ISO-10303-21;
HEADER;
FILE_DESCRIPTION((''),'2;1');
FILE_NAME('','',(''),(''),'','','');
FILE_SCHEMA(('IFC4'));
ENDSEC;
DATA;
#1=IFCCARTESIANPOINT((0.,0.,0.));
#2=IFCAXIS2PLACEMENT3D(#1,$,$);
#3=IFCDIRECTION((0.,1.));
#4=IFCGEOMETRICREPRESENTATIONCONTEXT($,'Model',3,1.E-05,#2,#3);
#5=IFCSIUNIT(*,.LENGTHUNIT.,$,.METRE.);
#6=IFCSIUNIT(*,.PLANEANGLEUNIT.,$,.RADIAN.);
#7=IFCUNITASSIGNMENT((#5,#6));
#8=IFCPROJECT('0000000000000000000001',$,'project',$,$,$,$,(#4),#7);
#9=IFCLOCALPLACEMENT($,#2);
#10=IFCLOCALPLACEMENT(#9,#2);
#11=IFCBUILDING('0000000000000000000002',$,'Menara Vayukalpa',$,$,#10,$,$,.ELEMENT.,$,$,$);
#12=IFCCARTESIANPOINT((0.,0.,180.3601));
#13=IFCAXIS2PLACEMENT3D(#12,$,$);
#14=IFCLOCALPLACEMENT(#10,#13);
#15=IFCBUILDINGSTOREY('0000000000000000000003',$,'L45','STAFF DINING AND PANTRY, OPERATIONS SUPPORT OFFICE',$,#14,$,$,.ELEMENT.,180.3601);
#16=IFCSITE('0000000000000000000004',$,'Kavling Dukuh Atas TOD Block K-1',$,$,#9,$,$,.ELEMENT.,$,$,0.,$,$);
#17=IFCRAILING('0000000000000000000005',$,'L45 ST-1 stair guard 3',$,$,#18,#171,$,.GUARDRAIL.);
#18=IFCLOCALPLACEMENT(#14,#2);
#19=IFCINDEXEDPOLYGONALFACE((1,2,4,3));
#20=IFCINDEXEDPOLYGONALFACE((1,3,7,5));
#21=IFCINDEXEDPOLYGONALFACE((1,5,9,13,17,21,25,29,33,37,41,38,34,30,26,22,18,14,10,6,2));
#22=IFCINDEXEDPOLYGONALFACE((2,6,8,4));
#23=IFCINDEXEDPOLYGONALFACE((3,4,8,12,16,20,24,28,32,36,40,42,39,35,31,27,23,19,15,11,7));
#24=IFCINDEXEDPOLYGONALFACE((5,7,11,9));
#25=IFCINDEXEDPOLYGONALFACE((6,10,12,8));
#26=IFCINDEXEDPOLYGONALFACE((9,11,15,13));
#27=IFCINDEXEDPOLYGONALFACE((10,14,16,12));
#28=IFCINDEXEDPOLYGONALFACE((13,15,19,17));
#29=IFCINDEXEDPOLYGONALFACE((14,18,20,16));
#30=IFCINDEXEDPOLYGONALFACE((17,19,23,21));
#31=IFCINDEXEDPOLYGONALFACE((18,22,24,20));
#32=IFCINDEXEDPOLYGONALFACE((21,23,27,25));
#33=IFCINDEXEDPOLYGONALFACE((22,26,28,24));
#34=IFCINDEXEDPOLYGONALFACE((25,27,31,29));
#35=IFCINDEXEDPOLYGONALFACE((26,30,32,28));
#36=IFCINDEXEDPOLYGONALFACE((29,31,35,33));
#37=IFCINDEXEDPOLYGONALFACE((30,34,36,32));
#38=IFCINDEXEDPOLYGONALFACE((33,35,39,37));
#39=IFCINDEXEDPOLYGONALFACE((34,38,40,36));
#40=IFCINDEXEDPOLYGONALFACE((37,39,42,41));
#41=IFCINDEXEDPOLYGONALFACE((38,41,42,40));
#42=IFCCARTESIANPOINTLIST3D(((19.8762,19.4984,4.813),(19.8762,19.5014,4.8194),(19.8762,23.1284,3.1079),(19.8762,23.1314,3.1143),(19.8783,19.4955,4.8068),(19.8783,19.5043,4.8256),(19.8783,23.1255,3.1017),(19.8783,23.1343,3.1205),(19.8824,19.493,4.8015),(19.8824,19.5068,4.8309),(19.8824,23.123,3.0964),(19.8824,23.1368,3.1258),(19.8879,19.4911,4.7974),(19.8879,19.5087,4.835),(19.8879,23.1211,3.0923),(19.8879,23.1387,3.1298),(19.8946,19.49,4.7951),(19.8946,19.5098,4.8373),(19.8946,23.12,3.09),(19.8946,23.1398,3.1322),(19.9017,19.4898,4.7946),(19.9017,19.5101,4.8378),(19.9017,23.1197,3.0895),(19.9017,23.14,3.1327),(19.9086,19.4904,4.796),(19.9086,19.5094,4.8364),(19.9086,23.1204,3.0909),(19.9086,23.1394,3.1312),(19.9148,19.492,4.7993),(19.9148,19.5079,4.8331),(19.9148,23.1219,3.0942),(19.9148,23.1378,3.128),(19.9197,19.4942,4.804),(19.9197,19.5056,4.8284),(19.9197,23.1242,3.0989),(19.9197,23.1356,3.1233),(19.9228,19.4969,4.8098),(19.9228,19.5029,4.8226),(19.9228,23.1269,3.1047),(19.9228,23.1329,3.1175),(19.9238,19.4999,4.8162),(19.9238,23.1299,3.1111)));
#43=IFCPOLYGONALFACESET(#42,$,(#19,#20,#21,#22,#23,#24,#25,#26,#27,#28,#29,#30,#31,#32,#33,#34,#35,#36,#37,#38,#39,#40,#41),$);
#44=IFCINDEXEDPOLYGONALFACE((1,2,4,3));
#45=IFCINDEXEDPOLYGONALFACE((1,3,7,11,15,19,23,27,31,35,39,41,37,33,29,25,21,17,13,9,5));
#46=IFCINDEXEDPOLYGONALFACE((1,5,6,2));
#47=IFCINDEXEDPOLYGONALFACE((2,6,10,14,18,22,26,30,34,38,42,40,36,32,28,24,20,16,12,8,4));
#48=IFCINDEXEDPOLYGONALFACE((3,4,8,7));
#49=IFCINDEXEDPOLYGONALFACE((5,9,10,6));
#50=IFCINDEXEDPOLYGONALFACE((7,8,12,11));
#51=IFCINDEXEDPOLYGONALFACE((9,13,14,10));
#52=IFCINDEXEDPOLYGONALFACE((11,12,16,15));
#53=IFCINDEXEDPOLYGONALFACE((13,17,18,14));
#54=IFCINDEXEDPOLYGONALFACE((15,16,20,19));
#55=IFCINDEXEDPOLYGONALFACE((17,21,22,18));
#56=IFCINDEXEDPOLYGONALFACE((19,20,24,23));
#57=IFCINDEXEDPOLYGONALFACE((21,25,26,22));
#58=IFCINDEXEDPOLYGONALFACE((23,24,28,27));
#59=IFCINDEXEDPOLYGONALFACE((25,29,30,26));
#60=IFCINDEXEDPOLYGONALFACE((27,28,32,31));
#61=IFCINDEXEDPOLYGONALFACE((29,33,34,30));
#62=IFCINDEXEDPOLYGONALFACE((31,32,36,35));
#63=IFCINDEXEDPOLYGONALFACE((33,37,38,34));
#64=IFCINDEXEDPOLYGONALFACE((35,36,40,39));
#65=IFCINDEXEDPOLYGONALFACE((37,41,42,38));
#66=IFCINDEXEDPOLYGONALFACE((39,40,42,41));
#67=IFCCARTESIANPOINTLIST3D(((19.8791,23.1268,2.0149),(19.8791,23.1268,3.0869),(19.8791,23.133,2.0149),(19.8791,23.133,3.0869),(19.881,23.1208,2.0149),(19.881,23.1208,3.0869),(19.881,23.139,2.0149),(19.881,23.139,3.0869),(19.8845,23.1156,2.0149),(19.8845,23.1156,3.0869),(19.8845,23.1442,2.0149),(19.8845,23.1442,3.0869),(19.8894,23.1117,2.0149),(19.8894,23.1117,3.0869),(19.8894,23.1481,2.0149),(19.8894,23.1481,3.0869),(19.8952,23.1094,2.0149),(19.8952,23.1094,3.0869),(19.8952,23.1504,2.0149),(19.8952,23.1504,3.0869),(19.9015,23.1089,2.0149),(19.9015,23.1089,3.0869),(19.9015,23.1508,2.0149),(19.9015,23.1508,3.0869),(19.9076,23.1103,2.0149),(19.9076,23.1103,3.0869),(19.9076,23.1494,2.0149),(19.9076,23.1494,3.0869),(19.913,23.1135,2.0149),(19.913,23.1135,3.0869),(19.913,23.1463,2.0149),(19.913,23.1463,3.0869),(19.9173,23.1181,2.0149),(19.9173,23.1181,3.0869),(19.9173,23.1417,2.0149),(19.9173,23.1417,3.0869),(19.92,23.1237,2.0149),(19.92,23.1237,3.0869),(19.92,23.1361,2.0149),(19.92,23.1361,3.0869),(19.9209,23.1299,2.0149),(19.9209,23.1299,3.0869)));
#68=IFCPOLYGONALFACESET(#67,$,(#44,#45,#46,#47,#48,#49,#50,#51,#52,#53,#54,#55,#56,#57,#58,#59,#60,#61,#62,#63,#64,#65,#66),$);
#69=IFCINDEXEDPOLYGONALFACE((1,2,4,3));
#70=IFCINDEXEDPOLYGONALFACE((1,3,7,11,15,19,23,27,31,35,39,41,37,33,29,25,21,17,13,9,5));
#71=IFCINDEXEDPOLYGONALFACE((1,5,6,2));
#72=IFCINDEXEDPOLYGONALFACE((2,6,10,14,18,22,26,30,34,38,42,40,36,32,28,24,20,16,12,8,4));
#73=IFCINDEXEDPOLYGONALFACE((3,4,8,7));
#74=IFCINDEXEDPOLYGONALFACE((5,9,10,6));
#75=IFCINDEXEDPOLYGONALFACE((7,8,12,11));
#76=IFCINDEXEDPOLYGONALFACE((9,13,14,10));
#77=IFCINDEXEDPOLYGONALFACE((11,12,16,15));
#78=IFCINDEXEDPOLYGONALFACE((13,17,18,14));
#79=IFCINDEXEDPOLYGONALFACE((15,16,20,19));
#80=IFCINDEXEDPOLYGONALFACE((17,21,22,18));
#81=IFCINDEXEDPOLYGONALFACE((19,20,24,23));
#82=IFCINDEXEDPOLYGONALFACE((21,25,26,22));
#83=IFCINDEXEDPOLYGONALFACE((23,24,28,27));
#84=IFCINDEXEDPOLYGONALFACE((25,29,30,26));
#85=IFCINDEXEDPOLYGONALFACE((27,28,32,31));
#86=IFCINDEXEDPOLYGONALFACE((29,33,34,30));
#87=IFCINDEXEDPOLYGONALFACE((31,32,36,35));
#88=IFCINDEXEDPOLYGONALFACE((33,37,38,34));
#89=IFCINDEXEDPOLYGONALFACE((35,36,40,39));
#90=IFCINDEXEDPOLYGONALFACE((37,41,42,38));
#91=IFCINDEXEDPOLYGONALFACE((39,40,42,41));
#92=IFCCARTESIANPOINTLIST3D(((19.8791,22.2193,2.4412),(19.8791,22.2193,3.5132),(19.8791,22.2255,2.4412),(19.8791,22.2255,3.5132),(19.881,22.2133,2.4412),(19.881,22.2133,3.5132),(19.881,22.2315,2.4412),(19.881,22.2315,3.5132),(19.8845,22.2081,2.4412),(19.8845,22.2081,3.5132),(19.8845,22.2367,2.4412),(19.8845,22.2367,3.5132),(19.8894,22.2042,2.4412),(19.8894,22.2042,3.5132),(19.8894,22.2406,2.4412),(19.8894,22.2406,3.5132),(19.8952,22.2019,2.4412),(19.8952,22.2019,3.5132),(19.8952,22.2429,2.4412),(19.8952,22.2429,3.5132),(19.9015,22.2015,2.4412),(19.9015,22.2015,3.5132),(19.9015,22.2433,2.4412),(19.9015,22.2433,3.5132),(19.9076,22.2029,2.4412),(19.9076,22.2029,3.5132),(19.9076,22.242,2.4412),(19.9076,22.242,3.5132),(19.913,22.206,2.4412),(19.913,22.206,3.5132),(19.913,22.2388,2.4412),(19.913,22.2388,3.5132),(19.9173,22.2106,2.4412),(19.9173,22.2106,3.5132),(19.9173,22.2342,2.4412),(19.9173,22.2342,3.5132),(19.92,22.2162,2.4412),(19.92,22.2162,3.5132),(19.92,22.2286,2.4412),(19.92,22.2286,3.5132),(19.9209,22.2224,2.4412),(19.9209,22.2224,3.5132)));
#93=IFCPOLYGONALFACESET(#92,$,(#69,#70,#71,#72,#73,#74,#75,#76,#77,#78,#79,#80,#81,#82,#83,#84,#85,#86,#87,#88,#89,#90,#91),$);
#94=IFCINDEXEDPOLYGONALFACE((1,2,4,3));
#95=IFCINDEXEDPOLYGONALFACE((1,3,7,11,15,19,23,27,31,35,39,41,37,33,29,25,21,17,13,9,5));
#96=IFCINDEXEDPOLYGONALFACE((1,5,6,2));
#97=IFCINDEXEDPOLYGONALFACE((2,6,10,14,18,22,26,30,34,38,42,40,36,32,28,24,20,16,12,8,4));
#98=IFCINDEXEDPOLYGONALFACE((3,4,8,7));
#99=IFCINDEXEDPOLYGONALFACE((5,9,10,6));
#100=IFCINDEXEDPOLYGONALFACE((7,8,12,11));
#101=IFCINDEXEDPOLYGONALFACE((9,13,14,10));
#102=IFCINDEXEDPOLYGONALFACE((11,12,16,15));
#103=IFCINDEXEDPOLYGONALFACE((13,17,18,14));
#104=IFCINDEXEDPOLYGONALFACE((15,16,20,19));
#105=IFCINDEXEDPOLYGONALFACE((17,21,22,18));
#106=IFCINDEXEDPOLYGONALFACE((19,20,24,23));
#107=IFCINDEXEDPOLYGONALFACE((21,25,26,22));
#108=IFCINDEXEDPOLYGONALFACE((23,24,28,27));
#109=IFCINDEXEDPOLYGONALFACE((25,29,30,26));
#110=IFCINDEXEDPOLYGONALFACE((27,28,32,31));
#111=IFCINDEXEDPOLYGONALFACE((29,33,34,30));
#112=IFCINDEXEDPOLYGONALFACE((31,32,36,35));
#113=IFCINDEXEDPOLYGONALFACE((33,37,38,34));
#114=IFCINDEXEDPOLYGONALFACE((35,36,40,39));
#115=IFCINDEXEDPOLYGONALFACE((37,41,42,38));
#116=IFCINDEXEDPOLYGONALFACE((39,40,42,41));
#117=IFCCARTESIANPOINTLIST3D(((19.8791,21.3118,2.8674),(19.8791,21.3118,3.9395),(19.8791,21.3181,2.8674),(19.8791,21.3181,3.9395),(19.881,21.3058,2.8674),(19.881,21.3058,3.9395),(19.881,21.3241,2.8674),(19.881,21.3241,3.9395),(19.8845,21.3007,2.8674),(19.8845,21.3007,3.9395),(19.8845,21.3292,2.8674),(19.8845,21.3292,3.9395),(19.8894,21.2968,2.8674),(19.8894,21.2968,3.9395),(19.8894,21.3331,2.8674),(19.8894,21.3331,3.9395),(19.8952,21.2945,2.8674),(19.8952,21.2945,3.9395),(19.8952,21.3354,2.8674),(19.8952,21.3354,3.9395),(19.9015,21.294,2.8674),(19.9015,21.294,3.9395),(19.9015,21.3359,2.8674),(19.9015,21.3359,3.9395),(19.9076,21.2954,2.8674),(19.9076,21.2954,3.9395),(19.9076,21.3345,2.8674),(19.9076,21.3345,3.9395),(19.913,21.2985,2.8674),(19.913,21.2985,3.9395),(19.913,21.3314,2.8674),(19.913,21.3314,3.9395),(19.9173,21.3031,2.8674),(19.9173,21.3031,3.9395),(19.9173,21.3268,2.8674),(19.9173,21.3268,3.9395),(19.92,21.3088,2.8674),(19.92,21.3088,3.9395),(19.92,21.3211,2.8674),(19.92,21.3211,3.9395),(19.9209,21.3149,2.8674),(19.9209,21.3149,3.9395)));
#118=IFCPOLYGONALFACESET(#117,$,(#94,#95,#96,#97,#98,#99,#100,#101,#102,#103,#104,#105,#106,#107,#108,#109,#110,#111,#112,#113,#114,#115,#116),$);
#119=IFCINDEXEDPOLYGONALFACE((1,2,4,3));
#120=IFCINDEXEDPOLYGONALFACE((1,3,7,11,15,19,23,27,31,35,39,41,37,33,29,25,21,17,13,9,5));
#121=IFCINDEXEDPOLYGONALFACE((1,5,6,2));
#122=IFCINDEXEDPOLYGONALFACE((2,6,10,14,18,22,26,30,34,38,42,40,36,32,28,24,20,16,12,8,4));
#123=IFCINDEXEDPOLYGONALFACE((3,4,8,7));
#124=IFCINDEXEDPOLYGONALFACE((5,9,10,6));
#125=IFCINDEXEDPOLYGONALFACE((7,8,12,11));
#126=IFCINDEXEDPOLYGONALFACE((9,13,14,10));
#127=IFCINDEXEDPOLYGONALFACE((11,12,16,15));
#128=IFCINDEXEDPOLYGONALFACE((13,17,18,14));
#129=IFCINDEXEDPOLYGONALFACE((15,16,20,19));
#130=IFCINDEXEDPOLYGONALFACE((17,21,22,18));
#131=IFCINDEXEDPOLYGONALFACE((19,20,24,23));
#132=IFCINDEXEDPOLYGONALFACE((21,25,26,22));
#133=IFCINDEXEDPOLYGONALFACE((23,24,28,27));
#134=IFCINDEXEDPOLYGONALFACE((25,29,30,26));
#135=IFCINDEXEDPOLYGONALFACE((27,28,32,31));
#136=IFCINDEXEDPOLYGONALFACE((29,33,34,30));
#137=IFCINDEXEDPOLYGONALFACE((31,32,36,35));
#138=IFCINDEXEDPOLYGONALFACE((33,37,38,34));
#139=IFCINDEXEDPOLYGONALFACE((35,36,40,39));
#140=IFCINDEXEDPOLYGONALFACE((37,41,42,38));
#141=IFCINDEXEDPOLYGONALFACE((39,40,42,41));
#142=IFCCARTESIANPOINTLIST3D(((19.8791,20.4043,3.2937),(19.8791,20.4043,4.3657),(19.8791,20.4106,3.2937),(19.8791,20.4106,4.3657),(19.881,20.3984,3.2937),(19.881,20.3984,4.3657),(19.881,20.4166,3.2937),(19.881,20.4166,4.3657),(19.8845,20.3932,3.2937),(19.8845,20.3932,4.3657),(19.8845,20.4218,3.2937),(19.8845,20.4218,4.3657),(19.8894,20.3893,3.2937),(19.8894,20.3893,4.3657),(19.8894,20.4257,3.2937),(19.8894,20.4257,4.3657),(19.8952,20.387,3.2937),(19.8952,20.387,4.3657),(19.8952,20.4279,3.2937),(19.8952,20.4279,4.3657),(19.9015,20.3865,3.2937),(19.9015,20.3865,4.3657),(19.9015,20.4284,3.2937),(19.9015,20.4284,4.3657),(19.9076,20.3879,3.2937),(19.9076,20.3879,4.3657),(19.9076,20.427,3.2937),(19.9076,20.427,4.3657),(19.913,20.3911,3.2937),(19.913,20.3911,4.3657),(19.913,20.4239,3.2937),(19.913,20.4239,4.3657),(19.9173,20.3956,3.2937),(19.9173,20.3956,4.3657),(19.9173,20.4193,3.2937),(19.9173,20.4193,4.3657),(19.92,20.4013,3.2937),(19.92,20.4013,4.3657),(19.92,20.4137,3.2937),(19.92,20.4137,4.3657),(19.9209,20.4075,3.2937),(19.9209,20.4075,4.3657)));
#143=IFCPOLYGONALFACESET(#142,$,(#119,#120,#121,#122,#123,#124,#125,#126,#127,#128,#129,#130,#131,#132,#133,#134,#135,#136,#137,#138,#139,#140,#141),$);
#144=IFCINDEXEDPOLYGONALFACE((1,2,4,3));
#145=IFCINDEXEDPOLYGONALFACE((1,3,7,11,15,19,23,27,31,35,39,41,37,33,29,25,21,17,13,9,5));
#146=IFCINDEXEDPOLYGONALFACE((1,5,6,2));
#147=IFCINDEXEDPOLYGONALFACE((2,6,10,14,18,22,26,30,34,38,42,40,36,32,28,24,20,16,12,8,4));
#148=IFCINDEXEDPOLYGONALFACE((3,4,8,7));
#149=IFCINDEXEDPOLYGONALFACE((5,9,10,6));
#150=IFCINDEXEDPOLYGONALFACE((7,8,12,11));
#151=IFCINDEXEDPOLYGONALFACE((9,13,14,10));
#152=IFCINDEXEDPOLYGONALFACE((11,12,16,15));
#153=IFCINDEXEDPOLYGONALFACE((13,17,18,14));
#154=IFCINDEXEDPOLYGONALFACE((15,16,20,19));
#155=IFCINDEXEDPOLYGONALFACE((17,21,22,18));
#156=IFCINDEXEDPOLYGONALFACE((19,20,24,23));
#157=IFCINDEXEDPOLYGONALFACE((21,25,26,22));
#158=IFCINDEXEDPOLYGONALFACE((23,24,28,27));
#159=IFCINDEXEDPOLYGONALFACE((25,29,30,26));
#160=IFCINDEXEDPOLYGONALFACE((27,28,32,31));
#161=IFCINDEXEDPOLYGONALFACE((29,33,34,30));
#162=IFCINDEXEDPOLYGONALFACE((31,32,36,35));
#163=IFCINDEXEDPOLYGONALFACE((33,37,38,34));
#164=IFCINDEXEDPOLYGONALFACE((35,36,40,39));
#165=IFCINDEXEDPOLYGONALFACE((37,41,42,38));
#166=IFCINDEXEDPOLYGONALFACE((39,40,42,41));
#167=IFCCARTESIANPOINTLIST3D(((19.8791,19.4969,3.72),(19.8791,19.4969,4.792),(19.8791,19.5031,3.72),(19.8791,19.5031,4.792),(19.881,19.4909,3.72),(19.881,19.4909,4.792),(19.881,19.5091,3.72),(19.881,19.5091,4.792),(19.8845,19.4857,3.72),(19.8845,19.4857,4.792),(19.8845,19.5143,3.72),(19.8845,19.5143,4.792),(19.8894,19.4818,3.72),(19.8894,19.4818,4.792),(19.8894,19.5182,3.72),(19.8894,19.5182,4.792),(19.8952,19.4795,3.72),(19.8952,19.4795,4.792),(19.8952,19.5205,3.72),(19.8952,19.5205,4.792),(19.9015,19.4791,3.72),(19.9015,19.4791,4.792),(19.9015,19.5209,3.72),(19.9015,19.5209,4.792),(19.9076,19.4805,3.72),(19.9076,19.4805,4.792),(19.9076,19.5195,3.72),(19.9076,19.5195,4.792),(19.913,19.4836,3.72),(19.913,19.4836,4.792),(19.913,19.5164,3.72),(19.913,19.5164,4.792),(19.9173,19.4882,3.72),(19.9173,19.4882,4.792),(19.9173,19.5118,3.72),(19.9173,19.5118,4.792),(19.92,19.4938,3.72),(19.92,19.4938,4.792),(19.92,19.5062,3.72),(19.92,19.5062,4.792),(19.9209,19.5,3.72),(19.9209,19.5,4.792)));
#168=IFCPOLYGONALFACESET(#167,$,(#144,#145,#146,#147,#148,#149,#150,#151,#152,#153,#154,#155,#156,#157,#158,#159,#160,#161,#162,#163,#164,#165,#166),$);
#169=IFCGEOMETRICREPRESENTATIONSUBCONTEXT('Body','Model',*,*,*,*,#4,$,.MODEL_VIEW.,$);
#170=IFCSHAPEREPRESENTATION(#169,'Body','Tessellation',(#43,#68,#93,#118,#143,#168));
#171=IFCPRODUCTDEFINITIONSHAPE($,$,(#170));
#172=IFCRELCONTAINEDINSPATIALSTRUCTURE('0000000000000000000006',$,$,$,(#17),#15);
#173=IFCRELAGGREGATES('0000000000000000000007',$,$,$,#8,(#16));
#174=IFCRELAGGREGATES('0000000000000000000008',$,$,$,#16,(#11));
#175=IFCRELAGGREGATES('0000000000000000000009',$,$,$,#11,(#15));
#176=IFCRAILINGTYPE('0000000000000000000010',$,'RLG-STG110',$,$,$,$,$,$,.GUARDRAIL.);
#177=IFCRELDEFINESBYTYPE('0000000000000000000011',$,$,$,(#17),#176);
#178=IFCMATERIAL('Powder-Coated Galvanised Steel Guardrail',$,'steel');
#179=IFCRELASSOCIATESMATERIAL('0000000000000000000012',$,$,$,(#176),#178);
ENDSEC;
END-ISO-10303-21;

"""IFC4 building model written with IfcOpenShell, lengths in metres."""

from ifc_helpers import new_model, si_unit, direction, frame, origin, origin_2d, place, context, subcontext, project, spatial, circle, extrude, material, type_object, element, save


model = new_model("IFC4")

# Units and contexts
model_context = context("Model", 3, precision=1e-05, world=origin(), true_north=direction((0.0, 1.0)))
body_context = subcontext(model_context, "Body", "Model", "MODEL_VIEW")
ifc_project = project(units=[si_unit("LENGTHUNIT", "METRE"), si_unit("PLANEANGLEUNIT", "RADIAN")], contexts=[model_context])

# Site, building, storey
site_placement = place(None, origin())
site = spatial("IfcSite", under=ifc_project, at=site_placement, Name="Kavling Dukuh Atas TOD Block K-1", CompositionType="ELEMENT", RefElevation=0.0)
building_placement = place(site_placement, origin())
building = spatial("IfcBuilding", under=site, at=building_placement, Name="Menara Vayukalpa", CompositionType="ELEMENT")
storey_placement = place(building_placement, frame((0.0, 0.0, 180.3601)))
storey = spatial("IfcBuildingStorey", under=building, at=storey_placement, Name="L45", Description="STAFF DINING AND PANTRY, OPERATIONS SUPPORT OFFICE", CompositionType="ELEMENT", Elevation=180.3601)

# Railing
ifc_material_1 = material(Name="Powder-Coated Galvanised Steel Guardrail", Category="steel")
railing_type_1 = type_object("IfcRailingType", Name="RLG-STG110", PredefinedType="GUARDRAIL", material=ifc_material_1)
railing_1_placement = place(storey_placement, frame((19.8999, 23.1299, 2.0149)))
element("IfcRailing", 1, at=railing_1_placement, inside=storey, type_object=railing_type_1, Name="L45 ST-1 stair guard 3", PredefinedType="GUARDRAIL", context=body_context, shape_type="SweptSolid", body=[
    extrude(circle(Radius=0.0239, at=origin_2d()), frame((0.0, 0.0, 1.0962), z_axis=(0.0, -0.905116, 0.425164), x_axis=(1.0, 0.0, 0.0)), (0.0, 0.0, 1.0), 4.0105),
    extrude(circle(Radius=0.021, at=origin_2d()), origin(), (0.0, 0.0, 1.0), 1.072),
    extrude(circle(Radius=0.021, at=origin_2d()), frame((0.0, -0.9075, 0.4263)), (0.0, 0.0, 1.0), 1.072),
    extrude(circle(Radius=0.021, at=origin_2d()), frame((0.0, -1.8149, 0.8525)), (0.0, 0.0, 1.0), 1.072),
    extrude(circle(Radius=0.021, at=origin_2d()), frame((0.0, -2.7224, 1.2788)), (0.0, 0.0, 1.0), 1.072),
    extrude(circle(Radius=0.021, at=origin_2d()), frame((0.0, -3.6299, 1.7051)), (0.0, 0.0, 1.0), 1.072),
])

save(model, "model.ifc")
